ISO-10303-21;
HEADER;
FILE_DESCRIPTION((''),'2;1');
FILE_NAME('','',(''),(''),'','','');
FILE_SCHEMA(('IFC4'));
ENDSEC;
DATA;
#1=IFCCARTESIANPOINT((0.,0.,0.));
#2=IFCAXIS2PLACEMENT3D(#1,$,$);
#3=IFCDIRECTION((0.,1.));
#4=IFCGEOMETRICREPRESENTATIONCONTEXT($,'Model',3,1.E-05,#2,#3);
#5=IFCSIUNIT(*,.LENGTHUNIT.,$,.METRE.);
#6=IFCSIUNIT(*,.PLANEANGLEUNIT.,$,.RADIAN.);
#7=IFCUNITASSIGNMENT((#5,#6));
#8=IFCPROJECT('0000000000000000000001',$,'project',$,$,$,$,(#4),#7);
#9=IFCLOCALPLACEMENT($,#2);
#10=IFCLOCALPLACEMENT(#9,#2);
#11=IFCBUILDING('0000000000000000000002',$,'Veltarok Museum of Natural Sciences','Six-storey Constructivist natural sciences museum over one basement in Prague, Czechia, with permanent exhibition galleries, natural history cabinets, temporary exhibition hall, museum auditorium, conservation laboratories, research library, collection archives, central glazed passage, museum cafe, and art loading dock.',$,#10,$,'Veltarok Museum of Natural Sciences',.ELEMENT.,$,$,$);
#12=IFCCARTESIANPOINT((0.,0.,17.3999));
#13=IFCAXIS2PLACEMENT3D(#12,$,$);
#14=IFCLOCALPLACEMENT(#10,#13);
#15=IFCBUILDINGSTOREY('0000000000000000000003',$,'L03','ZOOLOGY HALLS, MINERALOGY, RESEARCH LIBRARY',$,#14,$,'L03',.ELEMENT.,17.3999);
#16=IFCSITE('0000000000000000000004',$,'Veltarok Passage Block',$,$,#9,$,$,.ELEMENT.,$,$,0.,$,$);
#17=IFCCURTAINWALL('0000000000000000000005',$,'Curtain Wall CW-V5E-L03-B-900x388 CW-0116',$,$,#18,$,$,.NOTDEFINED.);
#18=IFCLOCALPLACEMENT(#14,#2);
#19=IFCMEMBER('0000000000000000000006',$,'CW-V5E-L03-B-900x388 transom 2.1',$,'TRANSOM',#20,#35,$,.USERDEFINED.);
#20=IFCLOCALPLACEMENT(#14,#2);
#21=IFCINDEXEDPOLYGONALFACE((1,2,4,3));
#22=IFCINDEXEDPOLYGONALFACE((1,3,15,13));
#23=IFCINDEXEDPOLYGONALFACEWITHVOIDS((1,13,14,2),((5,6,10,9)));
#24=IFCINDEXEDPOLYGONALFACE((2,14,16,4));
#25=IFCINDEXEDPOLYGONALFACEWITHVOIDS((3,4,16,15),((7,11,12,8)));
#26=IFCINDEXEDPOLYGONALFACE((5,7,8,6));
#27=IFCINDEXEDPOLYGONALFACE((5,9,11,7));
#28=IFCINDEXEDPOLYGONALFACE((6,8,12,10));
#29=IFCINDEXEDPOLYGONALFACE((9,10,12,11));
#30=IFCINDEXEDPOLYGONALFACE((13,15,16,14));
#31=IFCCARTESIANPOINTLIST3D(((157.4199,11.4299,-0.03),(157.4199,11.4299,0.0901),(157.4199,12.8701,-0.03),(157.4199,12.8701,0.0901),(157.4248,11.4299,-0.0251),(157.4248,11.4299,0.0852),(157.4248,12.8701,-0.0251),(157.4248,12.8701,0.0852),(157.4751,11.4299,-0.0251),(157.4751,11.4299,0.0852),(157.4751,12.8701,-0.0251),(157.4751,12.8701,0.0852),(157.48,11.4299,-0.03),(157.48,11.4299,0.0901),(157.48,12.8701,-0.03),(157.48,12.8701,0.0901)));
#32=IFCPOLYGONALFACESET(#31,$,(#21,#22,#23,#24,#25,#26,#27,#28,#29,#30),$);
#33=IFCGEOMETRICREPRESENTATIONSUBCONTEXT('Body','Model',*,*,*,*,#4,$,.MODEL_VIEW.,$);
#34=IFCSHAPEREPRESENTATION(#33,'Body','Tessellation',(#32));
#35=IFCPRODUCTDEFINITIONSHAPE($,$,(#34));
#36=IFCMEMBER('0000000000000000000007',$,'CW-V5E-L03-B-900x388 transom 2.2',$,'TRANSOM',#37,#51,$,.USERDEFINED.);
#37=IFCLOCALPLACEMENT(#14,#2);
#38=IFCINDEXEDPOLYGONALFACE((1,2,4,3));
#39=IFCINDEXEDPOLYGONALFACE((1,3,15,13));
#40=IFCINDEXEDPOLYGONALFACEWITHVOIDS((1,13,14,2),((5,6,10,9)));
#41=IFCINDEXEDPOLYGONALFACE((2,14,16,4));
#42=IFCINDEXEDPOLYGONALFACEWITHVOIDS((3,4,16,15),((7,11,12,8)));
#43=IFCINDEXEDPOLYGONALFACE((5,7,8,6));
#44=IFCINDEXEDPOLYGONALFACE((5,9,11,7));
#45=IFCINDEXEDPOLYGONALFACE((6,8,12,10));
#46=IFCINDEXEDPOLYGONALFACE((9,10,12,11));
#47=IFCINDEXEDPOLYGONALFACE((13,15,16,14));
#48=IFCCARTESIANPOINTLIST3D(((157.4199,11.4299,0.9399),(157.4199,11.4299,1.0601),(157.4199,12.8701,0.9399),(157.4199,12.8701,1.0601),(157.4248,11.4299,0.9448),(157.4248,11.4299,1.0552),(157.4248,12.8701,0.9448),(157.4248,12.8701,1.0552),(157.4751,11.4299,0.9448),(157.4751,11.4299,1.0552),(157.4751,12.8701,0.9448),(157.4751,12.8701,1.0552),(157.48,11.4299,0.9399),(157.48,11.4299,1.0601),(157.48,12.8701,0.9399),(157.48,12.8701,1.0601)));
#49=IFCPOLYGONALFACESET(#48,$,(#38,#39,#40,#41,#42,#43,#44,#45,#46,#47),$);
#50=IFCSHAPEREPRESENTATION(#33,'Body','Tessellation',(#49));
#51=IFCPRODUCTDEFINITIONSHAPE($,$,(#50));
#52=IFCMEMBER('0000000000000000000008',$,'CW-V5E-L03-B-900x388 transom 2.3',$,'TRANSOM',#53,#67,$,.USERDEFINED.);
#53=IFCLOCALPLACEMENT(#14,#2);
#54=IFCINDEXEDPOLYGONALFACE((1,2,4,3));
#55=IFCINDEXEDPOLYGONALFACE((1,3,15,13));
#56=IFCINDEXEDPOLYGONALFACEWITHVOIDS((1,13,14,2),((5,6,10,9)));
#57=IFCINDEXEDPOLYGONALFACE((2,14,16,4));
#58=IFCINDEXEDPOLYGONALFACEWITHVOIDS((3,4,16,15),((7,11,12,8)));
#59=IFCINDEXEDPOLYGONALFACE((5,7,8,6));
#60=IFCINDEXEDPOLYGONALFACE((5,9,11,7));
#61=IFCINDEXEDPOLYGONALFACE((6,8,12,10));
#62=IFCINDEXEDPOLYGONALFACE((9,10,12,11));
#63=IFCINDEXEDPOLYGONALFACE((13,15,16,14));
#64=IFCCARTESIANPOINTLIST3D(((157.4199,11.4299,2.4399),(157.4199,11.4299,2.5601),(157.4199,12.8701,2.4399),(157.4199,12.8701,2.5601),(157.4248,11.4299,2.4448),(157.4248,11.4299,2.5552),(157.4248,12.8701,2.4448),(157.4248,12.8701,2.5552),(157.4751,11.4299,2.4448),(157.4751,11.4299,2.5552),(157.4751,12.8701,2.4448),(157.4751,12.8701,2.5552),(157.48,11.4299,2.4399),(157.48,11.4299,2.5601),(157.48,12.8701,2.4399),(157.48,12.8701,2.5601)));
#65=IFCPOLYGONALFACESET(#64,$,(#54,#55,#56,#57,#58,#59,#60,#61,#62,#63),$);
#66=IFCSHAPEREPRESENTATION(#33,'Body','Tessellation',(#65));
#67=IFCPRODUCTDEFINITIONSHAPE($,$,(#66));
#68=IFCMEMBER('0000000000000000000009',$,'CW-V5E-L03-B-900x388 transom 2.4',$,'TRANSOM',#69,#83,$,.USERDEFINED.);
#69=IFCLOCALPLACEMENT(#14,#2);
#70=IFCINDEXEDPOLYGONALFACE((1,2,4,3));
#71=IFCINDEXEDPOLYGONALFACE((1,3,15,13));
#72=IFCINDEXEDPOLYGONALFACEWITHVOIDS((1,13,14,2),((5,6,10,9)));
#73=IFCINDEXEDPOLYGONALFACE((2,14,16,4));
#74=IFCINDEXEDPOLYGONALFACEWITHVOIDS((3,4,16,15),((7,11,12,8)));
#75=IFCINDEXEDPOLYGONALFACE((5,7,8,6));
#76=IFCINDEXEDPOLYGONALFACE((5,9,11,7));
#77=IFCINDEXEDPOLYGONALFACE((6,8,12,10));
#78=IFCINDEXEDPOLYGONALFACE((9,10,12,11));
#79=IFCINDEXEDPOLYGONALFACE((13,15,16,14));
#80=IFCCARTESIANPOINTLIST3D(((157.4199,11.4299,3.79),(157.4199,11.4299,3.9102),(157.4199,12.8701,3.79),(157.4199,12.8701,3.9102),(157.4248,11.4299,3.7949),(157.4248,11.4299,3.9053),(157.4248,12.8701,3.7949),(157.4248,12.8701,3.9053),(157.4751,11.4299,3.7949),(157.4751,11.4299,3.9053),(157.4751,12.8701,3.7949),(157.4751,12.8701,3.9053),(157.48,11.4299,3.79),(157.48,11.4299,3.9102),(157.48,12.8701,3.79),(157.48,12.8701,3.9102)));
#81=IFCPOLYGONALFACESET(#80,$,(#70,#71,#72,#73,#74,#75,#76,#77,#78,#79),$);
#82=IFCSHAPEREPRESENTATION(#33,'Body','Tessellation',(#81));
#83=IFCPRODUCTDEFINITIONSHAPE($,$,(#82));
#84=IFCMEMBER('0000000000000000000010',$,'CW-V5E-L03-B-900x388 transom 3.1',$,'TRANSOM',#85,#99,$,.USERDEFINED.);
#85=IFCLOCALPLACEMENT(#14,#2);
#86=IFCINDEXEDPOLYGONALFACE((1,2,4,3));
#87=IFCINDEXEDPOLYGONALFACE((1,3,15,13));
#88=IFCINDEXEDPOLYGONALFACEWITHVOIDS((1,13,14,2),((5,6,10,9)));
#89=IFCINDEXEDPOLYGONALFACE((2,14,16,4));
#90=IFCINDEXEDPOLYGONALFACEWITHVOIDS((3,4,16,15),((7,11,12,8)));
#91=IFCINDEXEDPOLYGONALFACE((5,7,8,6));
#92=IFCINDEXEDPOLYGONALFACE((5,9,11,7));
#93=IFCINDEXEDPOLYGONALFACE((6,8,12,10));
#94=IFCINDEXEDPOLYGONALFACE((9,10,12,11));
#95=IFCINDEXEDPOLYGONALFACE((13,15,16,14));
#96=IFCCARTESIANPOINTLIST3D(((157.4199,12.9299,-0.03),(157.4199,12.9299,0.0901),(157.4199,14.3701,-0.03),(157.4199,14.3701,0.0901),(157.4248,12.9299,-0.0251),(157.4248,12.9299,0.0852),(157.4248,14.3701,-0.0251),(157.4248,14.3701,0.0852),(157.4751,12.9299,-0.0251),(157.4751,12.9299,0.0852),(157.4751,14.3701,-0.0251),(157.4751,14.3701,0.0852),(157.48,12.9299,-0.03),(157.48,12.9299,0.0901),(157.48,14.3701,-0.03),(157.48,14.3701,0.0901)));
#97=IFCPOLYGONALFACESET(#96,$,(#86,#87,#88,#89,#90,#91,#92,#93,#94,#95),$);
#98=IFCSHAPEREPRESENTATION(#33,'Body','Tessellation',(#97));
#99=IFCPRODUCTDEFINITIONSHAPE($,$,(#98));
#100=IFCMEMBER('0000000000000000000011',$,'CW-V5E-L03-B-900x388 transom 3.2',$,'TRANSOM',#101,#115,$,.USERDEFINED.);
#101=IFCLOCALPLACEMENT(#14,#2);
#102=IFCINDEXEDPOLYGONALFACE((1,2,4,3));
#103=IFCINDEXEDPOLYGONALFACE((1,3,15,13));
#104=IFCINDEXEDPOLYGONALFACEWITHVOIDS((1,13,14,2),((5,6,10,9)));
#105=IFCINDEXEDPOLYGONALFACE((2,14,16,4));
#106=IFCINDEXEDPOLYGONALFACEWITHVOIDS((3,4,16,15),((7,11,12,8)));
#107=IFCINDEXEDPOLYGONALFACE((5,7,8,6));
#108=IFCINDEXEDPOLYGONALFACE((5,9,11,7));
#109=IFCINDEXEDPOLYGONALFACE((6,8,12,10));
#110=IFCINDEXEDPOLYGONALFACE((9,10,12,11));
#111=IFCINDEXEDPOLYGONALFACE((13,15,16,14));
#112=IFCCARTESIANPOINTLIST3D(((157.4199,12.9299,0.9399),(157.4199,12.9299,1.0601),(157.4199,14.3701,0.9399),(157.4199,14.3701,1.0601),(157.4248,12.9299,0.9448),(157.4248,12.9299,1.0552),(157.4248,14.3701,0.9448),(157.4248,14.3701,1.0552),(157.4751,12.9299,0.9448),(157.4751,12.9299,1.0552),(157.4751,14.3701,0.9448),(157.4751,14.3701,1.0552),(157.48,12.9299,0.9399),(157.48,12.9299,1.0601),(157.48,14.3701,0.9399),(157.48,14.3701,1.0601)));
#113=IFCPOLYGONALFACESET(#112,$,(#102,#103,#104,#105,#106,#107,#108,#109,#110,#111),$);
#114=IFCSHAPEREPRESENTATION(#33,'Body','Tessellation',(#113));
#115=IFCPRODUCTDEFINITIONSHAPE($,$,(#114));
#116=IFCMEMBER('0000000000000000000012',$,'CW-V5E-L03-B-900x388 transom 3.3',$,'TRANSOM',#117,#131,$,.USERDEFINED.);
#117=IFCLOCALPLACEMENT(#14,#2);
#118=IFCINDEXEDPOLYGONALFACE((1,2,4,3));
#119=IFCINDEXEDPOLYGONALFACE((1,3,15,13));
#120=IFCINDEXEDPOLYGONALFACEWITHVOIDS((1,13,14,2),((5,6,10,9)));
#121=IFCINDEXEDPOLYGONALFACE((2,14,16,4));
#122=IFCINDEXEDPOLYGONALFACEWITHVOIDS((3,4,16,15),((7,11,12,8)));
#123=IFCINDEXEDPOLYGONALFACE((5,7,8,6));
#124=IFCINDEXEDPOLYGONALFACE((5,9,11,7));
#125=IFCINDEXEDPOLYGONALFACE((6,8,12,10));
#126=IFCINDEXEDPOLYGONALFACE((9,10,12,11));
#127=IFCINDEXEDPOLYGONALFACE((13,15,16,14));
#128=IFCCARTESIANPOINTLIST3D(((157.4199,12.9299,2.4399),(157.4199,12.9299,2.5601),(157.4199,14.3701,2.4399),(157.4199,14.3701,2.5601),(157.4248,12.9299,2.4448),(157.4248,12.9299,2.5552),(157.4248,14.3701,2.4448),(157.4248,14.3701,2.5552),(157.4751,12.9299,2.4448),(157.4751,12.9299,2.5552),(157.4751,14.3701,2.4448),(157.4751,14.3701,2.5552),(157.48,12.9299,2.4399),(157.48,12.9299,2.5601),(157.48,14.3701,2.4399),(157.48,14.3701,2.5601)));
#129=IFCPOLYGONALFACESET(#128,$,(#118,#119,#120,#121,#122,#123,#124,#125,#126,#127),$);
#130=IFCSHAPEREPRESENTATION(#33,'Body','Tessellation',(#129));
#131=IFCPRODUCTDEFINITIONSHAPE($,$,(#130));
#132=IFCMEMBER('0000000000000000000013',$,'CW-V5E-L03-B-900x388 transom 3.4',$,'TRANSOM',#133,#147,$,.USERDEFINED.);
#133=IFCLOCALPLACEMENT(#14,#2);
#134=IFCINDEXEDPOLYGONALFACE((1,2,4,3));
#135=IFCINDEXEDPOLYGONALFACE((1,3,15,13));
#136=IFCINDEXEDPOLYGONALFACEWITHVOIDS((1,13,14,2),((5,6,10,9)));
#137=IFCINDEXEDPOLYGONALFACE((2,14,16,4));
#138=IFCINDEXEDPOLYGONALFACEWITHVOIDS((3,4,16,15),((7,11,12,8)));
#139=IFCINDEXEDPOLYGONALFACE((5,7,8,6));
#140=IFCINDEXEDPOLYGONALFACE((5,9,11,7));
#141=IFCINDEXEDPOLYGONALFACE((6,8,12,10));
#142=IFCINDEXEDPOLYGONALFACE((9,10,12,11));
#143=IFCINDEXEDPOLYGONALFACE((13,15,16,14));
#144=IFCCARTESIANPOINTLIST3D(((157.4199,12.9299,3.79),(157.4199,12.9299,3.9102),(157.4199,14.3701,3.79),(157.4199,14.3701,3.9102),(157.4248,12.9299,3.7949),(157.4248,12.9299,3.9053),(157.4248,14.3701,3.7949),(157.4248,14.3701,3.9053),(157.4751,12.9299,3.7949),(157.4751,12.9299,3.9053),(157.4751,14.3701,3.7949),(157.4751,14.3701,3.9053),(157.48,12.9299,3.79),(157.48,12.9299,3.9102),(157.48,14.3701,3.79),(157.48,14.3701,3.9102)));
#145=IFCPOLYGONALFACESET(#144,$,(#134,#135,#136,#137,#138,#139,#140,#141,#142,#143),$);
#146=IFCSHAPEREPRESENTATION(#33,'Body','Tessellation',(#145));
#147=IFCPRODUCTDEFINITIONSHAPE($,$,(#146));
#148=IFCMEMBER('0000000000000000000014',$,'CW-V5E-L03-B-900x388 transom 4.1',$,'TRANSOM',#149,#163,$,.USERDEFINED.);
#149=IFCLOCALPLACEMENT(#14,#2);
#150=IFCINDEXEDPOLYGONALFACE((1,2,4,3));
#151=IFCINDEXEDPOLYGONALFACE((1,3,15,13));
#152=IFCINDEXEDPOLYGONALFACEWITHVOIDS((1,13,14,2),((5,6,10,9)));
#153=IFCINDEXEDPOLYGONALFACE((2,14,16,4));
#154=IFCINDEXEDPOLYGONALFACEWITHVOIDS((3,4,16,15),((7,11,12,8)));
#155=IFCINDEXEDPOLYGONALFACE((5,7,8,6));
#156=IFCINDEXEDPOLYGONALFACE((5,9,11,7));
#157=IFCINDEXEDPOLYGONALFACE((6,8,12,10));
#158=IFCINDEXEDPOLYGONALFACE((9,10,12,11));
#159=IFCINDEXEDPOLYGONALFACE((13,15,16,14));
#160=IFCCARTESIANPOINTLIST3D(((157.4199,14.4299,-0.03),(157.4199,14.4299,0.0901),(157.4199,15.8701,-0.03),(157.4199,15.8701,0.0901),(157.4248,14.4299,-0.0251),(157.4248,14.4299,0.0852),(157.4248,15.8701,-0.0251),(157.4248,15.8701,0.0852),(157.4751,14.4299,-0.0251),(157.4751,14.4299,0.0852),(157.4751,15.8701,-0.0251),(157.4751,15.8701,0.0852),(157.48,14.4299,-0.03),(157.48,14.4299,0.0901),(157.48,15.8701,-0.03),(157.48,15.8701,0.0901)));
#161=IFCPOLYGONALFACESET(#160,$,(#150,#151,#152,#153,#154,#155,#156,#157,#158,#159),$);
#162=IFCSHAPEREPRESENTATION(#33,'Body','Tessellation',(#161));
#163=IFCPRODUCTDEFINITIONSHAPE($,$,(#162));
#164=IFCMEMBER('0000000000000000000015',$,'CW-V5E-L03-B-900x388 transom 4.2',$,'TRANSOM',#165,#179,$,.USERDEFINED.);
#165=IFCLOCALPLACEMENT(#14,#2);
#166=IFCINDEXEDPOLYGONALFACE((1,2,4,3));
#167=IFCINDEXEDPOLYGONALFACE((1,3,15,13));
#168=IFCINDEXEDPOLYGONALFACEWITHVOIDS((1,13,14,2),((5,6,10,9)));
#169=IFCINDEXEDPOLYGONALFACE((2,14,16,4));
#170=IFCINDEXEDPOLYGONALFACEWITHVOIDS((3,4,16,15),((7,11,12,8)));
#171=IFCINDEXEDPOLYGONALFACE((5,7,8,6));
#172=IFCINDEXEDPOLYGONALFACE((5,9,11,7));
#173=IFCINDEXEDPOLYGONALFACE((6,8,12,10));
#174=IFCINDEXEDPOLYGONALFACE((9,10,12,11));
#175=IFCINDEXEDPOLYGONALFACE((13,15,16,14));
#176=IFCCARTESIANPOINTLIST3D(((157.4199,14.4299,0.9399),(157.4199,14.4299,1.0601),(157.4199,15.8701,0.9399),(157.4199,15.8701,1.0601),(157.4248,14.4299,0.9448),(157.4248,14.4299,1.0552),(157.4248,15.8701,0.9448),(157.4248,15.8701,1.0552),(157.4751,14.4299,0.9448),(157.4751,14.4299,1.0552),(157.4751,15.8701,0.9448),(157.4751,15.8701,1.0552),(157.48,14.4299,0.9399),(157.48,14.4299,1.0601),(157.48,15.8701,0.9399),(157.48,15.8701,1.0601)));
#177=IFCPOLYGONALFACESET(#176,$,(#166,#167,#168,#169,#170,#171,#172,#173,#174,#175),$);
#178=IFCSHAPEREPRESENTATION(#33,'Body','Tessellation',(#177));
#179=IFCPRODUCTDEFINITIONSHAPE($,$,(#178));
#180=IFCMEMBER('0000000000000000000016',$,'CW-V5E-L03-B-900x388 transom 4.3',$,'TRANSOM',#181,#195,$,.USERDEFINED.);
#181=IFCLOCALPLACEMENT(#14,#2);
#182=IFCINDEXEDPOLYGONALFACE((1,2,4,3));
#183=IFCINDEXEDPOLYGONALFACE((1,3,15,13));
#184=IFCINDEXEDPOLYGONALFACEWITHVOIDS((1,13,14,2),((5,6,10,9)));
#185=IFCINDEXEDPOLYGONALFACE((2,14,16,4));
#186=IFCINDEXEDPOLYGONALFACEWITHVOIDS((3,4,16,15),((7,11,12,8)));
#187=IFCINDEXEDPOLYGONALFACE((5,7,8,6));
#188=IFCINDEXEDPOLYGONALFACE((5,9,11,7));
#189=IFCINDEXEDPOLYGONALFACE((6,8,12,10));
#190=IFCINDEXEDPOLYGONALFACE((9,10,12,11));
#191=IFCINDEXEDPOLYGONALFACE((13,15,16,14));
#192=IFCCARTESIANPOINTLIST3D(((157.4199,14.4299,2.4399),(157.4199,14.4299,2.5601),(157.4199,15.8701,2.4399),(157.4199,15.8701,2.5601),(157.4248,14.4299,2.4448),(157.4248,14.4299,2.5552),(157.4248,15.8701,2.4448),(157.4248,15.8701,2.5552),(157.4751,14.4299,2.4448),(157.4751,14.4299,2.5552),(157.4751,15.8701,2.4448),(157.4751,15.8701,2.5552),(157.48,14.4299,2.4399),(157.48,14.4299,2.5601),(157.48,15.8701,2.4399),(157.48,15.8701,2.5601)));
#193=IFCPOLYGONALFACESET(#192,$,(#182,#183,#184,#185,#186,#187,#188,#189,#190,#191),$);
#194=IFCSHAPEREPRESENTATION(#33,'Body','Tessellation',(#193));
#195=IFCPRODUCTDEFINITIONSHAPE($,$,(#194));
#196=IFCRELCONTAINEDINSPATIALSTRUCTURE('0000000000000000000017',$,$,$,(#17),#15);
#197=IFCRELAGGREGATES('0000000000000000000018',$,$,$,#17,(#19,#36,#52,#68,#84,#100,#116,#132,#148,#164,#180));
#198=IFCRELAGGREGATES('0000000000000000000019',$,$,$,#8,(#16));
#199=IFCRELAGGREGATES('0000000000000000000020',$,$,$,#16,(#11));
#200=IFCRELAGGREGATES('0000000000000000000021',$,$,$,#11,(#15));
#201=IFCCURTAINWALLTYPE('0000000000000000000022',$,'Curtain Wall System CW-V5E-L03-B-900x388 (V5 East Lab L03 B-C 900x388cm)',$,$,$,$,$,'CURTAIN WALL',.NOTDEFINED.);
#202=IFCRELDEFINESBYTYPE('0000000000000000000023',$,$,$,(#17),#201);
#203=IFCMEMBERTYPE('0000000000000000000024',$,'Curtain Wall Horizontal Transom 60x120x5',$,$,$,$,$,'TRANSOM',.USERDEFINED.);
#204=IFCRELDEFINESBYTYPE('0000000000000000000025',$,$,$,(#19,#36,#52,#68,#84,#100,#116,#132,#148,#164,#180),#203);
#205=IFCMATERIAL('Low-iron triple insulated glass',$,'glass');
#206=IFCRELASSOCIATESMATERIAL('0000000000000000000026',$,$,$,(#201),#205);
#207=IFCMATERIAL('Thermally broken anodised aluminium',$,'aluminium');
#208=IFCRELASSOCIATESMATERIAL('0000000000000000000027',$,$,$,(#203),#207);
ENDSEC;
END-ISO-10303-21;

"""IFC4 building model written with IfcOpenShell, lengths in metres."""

from ifc_helpers import new_model, si_unit, direction, frame, origin, origin_2d, place, context, subcontext, project, spatial, hollow_rectangle, extrude, material, material_profile, profile_set, type_object, element, aggregate, save


model = new_model("IFC4")

# Units and contexts
model_context = context("Model", 3, precision=1e-05, world=origin(), true_north=direction((0.0, 1.0)))
body_context = subcontext(model_context, "Body", "Model", "MODEL_VIEW")
ifc_project = project(units=[si_unit("LENGTHUNIT", "METRE"), si_unit("PLANEANGLEUNIT", "RADIAN")], contexts=[model_context])

# Site, building, storey
site_placement = place(None, origin())
site = spatial("IfcSite", under=ifc_project, at=site_placement, Name="Veltarok Passage Block", CompositionType="ELEMENT", RefElevation=0.0)
building_placement = place(site_placement, origin())
building = spatial("IfcBuilding", under=site, at=building_placement, Name="Veltarok Museum of Natural Sciences", Description="Six-storey Constructivist natural sciences museum over one basement in Prague, Czechia, with permanent exhibition galleries, natural history cabinets, temporary exhibition hall, museum auditorium, conservation laboratories, research library, collection archives, central glazed passage, museum cafe, and art loading dock.", LongName="Veltarok Museum of Natural Sciences", CompositionType="ELEMENT")
storey_placement = place(building_placement, frame((0.0, 0.0, 17.3999)))
storey = spatial("IfcBuildingStorey", under=building, at=storey_placement, Name="L03", Description="ZOOLOGY HALLS, MINERALOGY, RESEARCH LIBRARY", LongName="L03", CompositionType="ELEMENT", Elevation=17.3999)

# Curtain wall, members
ifc_material_1 = material(Name="Low-iron triple insulated glass", Category="glass")
curtain_wall_type = type_object("IfcCurtainWallType", Name="Curtain Wall System CW-V5E-L03-B-900x388 (V5 East Lab L03 B-C 900x388cm)", ElementType="CURTAIN WALL", PredefinedType="NOTDEFINED", material=ifc_material_1)
curtain_wall_placement = place(storey_placement, origin())
curtain_wall = element("IfcCurtainWall", 1, at=curtain_wall_placement, inside=storey, type_object=curtain_wall_type, Name="Curtain Wall CW-V5E-L03-B-900x388 CW-0116", PredefinedType="NOTDEFINED")
ifc_material_2 = material(Name="Thermally broken anodised aluminium", Category="aluminium")
ifc_material_profile_1 = material_profile(ifc_material_2, hollow_rectangle(XDim=0.0601, YDim=0.1201, WallThickness=0.0049, at=origin_2d()), Name="CW TRANSOM 60x120x5")
ifc_profile_set_1 = profile_set([ifc_material_profile_1], Name="Thermally broken anodised aluminium")
member_type_1 = type_object("IfcMemberType", Name="Curtain Wall Horizontal Transom 60x120x5", ElementType="TRANSOM", PredefinedType="USERDEFINED", material=ifc_profile_set_1)
member_1_placement = place(storey_placement, frame((157.45, 11.4299, 0.03), z_axis=(0.0, 1.0, 0.0), x_axis=(-1.0, 0.0, 0.0)))
member_1 = element("IfcMember", 2, at=member_1_placement, type_object=member_type_1, Name="CW-V5E-L03-B-900x388 transom 2.1", ObjectType="TRANSOM", PredefinedType="USERDEFINED", context=body_context, shape_type="SweptSolid", body=[
    extrude(hollow_rectangle(XDim=0.0601, YDim=0.1201, WallThickness=0.0049, at=origin_2d()), origin(), (0.0, 0.0, 1.0), 1.4402),
])
member_2_placement = place(storey_placement, frame((157.45, 11.4299, 1.0), z_axis=(0.0, 1.0, 0.0), x_axis=(-1.0, 0.0, 0.0)))
member_2 = element("IfcMember", 3, at=member_2_placement, type_object=member_type_1, Name="CW-V5E-L03-B-900x388 transom 2.2", ObjectType="TRANSOM", PredefinedType="USERDEFINED", context=body_context, shape_type="SweptSolid", body=[
    extrude(hollow_rectangle(XDim=0.0601, YDim=0.1201, WallThickness=0.0049, at=origin_2d()), origin(), (0.0, 0.0, 1.0), 1.4402),
])
member_3_placement = place(storey_placement, frame((157.45, 11.4299, 2.5), z_axis=(0.0, 1.0, 0.0), x_axis=(-1.0, 0.0, 0.0)))
member_3 = element("IfcMember", 4, at=member_3_placement, type_object=member_type_1, Name="CW-V5E-L03-B-900x388 transom 2.3", ObjectType="TRANSOM", PredefinedType="USERDEFINED", context=body_context, shape_type="SweptSolid", body=[
    extrude(hollow_rectangle(XDim=0.0601, YDim=0.1201, WallThickness=0.0049, at=origin_2d()), origin(), (0.0, 0.0, 1.0), 1.4402),
])
member_4_placement = place(storey_placement, frame((157.45, 11.4299, 3.8501), z_axis=(0.0, 1.0, 0.0), x_axis=(-1.0, 0.0, 0.0)))
member_4 = element("IfcMember", 5, at=member_4_placement, type_object=member_type_1, Name="CW-V5E-L03-B-900x388 transom 2.4", ObjectType="TRANSOM", PredefinedType="USERDEFINED", context=body_context, shape_type="SweptSolid", body=[
    extrude(hollow_rectangle(XDim=0.0601, YDim=0.1201, WallThickness=0.0049, at=origin_2d()), origin(), (0.0, 0.0, 1.0), 1.4402),
])
member_5_placement = place(storey_placement, frame((157.45, 12.9299, 0.03), z_axis=(0.0, 1.0, 0.0), x_axis=(-1.0, 0.0, 0.0)))
member_5 = element("IfcMember", 6, at=member_5_placement, type_object=member_type_1, Name="CW-V5E-L03-B-900x388 transom 3.1", ObjectType="TRANSOM", PredefinedType="USERDEFINED", context=body_context, shape_type="SweptSolid", body=[
    extrude(hollow_rectangle(XDim=0.0601, YDim=0.1201, WallThickness=0.0049, at=origin_2d()), origin(), (0.0, 0.0, 1.0), 1.4402),
])
member_6_placement = place(storey_placement, frame((157.45, 12.9299, 1.0), z_axis=(0.0, 1.0, 0.0), x_axis=(-1.0, 0.0, 0.0)))
member_6 = element("IfcMember", 7, at=member_6_placement, type_object=member_type_1, Name="CW-V5E-L03-B-900x388 transom 3.2", ObjectType="TRANSOM", PredefinedType="USERDEFINED", context=body_context, shape_type="SweptSolid", body=[
    extrude(hollow_rectangle(XDim=0.0601, YDim=0.1201, WallThickness=0.0049, at=origin_2d()), origin(), (0.0, 0.0, 1.0), 1.4402),
])
member_7_placement = place(storey_placement, frame((157.45, 12.9299, 2.5), z_axis=(0.0, 1.0, 0.0), x_axis=(-1.0, 0.0, 0.0)))
member_7 = element("IfcMember", 8, at=member_7_placement, type_object=member_type_1, Name="CW-V5E-L03-B-900x388 transom 3.3", ObjectType="TRANSOM", PredefinedType="USERDEFINED", context=body_context, shape_type="SweptSolid", body=[
    extrude(hollow_rectangle(XDim=0.0601, YDim=0.1201, WallThickness=0.0049, at=origin_2d()), origin(), (0.0, 0.0, 1.0), 1.4402),
])
member_8_placement = place(storey_placement, frame((157.45, 12.9299, 3.8501), z_axis=(0.0, 1.0, 0.0), x_axis=(-1.0, 0.0, 0.0)))
member_8 = element("IfcMember", 9, at=member_8_placement, type_object=member_type_1, Name="CW-V5E-L03-B-900x388 transom 3.4", ObjectType="TRANSOM", PredefinedType="USERDEFINED", context=body_context, shape_type="SweptSolid", body=[
    extrude(hollow_rectangle(XDim=0.0601, YDim=0.1201, WallThickness=0.0049, at=origin_2d()), origin(), (0.0, 0.0, 1.0), 1.4402),
])
member_9_placement = place(storey_placement, frame((157.45, 14.4299, 0.03), z_axis=(0.0, 1.0, 0.0), x_axis=(-1.0, 0.0, 0.0)))
member_9 = element("IfcMember", 10, at=member_9_placement, type_object=member_type_1, Name="CW-V5E-L03-B-900x388 transom 4.1", ObjectType="TRANSOM", PredefinedType="USERDEFINED", context=body_context, shape_type="SweptSolid", body=[
    extrude(hollow_rectangle(XDim=0.0601, YDim=0.1201, WallThickness=0.0049, at=origin_2d()), origin(), (0.0, 0.0, 1.0), 1.4402),
])
member_10_placement = place(storey_placement, frame((157.45, 14.4299, 1.0), z_axis=(0.0, 1.0, 0.0), x_axis=(-1.0, 0.0, 0.0)))
member_10 = element("IfcMember", 11, at=member_10_placement, type_object=member_type_1, Name="CW-V5E-L03-B-900x388 transom 4.2", ObjectType="TRANSOM", PredefinedType="USERDEFINED", context=body_context, shape_type="SweptSolid", body=[
    extrude(hollow_rectangle(XDim=0.0601, YDim=0.1201, WallThickness=0.0049, at=origin_2d()), origin(), (0.0, 0.0, 1.0), 1.4402),
])
member_11_placement = place(storey_placement, frame((157.45, 14.4299, 2.5), z_axis=(0.0, 1.0, 0.0), x_axis=(-1.0, 0.0, 0.0)))
member_11 = element("IfcMember", 12, at=member_11_placement, type_object=member_type_1, Name="CW-V5E-L03-B-900x388 transom 4.3", ObjectType="TRANSOM", PredefinedType="USERDEFINED", context=body_context, shape_type="SweptSolid", body=[
    extrude(hollow_rectangle(XDim=0.0601, YDim=0.1201, WallThickness=0.0049, at=origin_2d()), origin(), (0.0, 0.0, 1.0), 1.4402),
])
aggregate(curtain_wall, [member_1, member_2, member_3, member_4, member_5, member_6, member_7, member_8, member_9, member_10, member_11])

save(model, "model.ifc")
